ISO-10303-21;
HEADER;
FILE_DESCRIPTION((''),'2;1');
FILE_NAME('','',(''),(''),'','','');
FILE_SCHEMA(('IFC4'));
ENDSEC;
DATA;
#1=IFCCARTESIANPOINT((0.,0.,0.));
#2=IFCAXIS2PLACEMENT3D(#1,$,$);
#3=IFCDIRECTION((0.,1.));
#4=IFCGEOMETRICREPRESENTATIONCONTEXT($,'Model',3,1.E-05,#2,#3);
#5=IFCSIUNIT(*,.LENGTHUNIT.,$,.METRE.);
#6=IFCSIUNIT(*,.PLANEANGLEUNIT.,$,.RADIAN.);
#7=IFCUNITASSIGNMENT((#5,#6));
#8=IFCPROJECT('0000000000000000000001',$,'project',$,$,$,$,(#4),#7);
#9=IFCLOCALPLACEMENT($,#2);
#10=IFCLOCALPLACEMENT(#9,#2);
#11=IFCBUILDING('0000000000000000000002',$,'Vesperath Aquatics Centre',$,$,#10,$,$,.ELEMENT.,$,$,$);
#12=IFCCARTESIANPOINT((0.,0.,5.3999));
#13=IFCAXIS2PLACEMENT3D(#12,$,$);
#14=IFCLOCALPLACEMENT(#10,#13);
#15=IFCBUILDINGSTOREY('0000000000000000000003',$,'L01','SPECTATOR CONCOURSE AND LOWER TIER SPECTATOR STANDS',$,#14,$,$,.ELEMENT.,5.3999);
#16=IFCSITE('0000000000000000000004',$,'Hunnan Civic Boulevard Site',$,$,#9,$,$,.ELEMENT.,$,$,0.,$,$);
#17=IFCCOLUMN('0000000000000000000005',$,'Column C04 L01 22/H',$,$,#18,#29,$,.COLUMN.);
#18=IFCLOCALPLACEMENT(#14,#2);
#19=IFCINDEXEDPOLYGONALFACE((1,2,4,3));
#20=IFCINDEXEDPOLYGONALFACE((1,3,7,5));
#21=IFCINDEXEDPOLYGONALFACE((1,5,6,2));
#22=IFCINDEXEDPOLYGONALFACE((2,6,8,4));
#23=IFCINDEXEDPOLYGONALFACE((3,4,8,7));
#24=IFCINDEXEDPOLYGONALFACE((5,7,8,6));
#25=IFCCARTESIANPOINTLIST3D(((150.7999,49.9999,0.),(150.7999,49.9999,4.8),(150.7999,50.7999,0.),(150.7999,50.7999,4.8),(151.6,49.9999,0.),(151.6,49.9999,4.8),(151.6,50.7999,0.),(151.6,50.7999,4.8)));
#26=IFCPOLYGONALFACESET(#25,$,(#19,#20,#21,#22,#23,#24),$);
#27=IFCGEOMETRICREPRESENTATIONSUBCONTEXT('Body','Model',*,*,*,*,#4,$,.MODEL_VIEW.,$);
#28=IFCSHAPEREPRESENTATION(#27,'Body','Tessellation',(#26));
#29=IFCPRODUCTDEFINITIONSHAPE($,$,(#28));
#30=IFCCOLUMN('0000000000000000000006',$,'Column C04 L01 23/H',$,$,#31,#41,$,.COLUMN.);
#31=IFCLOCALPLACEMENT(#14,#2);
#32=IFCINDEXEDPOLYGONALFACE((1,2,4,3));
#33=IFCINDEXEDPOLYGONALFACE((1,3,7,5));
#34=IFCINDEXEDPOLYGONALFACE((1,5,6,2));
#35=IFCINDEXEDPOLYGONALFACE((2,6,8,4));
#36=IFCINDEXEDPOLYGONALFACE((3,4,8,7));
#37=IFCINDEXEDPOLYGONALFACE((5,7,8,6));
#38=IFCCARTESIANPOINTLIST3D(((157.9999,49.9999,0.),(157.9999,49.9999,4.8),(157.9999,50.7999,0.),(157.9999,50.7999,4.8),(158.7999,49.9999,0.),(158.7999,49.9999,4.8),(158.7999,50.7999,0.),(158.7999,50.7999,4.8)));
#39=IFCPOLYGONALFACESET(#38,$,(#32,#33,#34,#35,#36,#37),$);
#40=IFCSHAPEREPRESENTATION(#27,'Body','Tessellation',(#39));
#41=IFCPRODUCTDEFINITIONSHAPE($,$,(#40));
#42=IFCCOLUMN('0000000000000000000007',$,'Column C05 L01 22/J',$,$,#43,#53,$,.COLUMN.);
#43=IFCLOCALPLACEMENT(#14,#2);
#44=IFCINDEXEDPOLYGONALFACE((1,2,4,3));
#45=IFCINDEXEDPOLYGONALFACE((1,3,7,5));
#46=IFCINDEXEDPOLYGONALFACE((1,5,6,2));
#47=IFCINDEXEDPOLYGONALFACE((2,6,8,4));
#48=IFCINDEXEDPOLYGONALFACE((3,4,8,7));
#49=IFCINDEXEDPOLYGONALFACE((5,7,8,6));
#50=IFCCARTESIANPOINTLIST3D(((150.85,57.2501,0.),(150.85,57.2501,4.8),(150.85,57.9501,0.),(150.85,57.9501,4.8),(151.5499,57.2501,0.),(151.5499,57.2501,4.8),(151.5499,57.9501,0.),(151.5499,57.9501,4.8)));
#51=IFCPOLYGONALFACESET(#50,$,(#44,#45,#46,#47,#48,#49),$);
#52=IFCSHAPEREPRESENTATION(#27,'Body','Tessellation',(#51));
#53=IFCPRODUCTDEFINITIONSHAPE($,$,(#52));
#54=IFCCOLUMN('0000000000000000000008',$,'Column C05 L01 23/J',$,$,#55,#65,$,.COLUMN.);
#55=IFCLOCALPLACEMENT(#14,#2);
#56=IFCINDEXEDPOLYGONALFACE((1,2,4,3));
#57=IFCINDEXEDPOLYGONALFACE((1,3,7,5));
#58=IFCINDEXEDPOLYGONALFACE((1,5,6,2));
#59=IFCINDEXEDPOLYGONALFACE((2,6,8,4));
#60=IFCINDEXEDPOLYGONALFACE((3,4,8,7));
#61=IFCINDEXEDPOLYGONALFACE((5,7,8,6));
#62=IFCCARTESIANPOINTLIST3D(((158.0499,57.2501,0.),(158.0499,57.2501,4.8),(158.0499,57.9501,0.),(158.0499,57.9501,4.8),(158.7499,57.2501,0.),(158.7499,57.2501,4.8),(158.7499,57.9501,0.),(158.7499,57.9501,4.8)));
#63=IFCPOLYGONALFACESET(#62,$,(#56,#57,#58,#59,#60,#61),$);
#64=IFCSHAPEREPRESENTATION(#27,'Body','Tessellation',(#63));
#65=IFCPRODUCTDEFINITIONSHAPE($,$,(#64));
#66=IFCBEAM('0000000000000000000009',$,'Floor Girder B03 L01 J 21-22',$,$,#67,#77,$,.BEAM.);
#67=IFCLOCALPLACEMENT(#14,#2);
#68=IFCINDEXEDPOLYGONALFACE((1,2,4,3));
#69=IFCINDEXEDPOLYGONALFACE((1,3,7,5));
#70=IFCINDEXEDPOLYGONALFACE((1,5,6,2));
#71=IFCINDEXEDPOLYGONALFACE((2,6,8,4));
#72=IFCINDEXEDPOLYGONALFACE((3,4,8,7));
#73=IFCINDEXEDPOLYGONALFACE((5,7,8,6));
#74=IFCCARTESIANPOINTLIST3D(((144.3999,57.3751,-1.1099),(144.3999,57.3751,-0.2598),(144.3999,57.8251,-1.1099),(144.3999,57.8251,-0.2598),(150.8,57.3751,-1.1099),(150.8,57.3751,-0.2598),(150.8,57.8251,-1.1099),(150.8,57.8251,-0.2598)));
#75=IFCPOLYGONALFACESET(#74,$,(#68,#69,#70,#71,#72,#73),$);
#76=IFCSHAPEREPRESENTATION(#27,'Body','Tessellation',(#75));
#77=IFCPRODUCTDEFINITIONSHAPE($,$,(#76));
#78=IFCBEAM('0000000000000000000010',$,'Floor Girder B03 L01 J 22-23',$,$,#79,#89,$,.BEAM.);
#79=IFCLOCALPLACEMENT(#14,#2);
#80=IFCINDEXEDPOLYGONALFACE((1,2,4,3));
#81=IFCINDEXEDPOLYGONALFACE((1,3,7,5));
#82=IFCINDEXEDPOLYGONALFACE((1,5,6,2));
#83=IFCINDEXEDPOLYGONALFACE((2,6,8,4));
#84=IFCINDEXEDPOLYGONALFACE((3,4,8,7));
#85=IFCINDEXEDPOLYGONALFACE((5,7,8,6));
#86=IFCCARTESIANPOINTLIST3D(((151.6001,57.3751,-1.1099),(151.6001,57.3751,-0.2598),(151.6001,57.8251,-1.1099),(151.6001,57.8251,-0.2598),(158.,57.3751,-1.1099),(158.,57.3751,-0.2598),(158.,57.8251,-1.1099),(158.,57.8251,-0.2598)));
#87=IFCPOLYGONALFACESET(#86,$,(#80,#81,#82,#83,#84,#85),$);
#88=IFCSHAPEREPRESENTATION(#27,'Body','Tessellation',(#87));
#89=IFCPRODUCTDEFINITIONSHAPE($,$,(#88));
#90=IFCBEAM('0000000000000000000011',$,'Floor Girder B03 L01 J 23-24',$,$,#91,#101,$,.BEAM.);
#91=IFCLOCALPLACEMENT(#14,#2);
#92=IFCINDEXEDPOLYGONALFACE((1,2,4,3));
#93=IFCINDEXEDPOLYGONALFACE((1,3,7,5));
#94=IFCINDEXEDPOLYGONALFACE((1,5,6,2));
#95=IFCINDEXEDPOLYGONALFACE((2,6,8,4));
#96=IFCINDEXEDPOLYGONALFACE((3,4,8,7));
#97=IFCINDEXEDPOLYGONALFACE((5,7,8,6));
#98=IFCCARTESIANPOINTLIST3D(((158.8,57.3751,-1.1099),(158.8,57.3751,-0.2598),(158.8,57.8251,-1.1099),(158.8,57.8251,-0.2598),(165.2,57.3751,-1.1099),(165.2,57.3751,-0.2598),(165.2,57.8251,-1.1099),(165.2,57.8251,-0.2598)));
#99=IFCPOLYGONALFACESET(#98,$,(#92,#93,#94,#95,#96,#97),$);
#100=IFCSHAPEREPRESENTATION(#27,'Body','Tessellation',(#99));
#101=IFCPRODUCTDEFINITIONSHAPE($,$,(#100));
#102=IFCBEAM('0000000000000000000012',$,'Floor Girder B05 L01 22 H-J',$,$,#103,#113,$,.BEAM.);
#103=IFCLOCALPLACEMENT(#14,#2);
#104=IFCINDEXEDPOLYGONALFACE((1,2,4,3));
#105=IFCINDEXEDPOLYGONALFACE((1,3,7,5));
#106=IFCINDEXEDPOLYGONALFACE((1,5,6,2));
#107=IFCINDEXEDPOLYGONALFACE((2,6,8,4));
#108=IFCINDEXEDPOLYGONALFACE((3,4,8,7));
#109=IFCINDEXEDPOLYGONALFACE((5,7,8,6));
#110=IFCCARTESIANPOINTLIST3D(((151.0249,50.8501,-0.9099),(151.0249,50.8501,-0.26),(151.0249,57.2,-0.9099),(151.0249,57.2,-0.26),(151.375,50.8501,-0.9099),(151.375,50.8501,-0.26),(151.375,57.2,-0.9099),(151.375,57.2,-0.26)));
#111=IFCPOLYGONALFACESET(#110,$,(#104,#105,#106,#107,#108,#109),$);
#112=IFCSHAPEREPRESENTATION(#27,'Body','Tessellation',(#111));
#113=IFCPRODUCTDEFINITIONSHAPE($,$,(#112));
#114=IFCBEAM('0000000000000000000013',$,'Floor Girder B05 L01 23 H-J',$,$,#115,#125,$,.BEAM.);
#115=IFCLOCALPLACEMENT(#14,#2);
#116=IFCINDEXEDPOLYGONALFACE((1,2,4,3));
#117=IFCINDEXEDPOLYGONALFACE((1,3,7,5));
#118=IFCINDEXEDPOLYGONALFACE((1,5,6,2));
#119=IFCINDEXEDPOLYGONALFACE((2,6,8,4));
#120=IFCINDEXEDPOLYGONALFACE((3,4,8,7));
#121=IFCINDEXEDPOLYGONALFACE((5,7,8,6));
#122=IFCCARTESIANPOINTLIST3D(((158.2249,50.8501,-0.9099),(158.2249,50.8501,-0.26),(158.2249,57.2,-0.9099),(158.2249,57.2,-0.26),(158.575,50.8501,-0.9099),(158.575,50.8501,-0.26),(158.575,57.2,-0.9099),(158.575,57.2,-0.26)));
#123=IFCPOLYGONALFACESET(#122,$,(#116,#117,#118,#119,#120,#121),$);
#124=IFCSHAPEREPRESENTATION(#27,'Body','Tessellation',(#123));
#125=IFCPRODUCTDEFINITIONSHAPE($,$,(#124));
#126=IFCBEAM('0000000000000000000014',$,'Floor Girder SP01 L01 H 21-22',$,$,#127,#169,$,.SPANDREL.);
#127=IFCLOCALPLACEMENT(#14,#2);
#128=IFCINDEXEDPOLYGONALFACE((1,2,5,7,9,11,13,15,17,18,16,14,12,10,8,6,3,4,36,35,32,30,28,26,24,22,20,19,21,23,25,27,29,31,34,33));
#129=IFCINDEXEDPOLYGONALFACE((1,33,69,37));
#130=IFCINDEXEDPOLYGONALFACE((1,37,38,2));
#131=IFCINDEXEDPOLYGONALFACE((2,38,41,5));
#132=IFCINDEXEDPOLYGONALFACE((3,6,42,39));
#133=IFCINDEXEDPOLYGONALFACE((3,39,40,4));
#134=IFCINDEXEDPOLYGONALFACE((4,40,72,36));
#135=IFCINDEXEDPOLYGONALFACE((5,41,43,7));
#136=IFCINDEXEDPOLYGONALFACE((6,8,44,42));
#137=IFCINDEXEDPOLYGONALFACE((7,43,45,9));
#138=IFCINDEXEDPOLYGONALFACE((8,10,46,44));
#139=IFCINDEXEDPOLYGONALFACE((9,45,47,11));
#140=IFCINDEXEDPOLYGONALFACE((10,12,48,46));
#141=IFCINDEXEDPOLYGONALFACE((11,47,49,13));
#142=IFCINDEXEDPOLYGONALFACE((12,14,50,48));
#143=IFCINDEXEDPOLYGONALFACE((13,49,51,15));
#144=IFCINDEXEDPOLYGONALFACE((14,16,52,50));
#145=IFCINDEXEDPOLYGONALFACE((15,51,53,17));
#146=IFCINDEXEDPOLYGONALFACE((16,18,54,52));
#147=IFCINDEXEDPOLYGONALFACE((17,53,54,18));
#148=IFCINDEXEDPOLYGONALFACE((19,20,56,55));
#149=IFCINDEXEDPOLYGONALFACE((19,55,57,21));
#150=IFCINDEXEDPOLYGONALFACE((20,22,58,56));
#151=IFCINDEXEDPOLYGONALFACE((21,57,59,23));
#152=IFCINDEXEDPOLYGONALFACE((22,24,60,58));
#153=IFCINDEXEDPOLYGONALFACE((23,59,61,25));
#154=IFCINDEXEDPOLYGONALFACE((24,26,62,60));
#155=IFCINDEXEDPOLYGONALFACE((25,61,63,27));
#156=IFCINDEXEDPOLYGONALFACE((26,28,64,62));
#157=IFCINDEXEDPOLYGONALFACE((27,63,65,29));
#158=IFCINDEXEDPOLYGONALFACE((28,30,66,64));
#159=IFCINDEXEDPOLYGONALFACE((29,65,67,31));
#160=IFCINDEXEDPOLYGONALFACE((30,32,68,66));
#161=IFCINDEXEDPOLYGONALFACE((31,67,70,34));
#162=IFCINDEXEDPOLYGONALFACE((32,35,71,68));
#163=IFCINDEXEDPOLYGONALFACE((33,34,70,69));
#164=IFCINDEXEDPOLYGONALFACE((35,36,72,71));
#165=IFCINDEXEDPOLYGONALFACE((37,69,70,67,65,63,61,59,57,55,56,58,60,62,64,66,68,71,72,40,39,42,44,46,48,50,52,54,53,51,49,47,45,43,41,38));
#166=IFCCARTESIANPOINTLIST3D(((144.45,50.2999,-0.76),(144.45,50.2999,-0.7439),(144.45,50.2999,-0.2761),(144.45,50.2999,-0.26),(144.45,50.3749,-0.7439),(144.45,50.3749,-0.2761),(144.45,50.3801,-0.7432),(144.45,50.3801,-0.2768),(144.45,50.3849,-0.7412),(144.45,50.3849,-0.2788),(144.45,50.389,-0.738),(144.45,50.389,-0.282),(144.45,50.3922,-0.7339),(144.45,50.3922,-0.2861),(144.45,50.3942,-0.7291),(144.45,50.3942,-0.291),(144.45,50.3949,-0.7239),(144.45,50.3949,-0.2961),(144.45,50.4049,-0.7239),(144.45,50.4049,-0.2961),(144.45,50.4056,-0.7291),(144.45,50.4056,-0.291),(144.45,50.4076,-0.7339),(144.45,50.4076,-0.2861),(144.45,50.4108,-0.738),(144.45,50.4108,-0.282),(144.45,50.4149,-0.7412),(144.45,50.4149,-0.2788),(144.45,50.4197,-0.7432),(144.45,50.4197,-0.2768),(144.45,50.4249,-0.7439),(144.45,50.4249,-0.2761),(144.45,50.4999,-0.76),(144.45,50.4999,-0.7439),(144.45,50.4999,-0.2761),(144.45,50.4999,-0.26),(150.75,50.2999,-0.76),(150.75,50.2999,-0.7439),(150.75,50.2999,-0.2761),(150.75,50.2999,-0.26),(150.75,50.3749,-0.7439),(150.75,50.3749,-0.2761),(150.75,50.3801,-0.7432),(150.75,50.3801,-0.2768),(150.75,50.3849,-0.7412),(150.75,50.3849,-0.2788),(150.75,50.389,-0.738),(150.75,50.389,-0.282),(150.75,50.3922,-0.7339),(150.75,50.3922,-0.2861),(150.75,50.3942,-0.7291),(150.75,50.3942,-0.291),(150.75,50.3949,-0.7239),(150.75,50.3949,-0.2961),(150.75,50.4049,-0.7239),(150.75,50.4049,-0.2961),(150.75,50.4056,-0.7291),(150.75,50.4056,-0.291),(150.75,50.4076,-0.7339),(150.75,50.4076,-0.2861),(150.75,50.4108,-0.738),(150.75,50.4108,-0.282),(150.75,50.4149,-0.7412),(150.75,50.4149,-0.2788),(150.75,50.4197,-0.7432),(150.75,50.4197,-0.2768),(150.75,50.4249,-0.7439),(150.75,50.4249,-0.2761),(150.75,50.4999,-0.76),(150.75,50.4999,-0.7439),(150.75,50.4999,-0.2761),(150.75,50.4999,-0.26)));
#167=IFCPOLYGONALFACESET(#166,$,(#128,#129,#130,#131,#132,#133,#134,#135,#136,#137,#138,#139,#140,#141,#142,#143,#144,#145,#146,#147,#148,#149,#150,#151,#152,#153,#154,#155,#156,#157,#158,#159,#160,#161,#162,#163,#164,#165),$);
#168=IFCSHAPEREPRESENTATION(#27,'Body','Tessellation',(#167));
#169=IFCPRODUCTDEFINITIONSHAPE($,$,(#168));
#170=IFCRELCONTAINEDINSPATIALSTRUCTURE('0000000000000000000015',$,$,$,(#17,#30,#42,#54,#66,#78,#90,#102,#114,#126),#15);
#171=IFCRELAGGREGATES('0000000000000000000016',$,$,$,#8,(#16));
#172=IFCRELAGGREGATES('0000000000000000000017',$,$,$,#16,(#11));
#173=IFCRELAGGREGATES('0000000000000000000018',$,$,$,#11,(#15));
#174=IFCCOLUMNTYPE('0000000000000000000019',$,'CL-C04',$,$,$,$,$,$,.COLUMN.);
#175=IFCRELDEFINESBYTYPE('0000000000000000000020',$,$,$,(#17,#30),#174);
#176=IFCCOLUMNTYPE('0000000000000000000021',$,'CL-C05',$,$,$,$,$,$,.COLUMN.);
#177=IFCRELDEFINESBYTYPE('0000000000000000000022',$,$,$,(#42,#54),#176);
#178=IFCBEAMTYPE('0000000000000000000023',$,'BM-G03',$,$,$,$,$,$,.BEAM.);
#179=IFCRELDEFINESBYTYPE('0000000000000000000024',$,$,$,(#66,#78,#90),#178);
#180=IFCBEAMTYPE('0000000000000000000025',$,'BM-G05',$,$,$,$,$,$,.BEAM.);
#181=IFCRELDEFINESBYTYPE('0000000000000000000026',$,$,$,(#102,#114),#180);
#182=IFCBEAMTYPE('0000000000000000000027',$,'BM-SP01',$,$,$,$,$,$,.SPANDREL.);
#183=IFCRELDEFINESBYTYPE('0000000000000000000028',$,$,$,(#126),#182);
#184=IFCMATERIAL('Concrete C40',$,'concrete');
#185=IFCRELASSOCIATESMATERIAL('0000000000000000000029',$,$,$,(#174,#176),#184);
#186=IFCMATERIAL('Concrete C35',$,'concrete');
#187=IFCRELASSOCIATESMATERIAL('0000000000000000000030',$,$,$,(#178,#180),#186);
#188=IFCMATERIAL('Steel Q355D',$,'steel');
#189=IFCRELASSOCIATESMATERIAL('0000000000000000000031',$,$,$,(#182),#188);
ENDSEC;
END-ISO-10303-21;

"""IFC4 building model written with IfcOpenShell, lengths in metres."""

from ifc_helpers import new_model, si_unit, direction, frame, origin, origin_2d, place, context, subcontext, project, spatial, rectangle, i_section, extrude, material, material_profile, profile_set, type_object, element, save


model = new_model("IFC4")

# Units and contexts
model_context = context("Model", 3, precision=1e-05, world=origin(), true_north=direction((0.0, 1.0)))
body_context = subcontext(model_context, "Body", "Model", "MODEL_VIEW")
ifc_project = project(units=[si_unit("LENGTHUNIT", "METRE"), si_unit("PLANEANGLEUNIT", "RADIAN")], contexts=[model_context])

# Site, building, storey
site_placement = place(None, origin())
site = spatial("IfcSite", under=ifc_project, at=site_placement, Name="Hunnan Civic Boulevard Site", CompositionType="ELEMENT", RefElevation=0.0)
building_placement = place(site_placement, origin())
building = spatial("IfcBuilding", under=site, at=building_placement, Name="Vesperath Aquatics Centre", CompositionType="ELEMENT")
storey_placement = place(building_placement, frame((0.0, 0.0, 5.3999)))
storey = spatial("IfcBuildingStorey", under=building, at=storey_placement, Name="L01", Description="SPECTATOR CONCOURSE AND LOWER TIER SPECTATOR STANDS", CompositionType="ELEMENT", Elevation=5.3999)

# Columns
ifc_material_1 = material(Name="Concrete C40", Category="concrete")
ifc_material_profile_1 = material_profile(ifc_material_1, rectangle(XDim=0.8, YDim=0.8, at=origin_2d()), Name="RC 800x800")
ifc_profile_set_1 = profile_set([ifc_material_profile_1], Name="Concrete C40")
column_type_1 = type_object("IfcColumnType", Name="CL-C04", PredefinedType="COLUMN", material=ifc_profile_set_1)
for number, where, z_axis, x_axis, name in (
    (1, (151.2, 50.3999, 0.0), (0.0, 0.0, 1.0), (1.0, 0.0, 0.0), "Column C04 L01 22/H"),
    (2, (158.3999, 50.3999, 0.0), (0.0, 0.0, 1.0), (1.0, 0.0, 0.0), "Column C04 L01 23/H"),
):
    element("IfcColumn", number, at=place(storey_placement, frame(where, z_axis=z_axis, x_axis=x_axis)), inside=storey, type_object=column_type_1, Name=name, PredefinedType="COLUMN", context=body_context, shape_type="SweptSolid", body=[
        extrude(rectangle(XDim=0.8, YDim=0.8, at=origin_2d()), origin(), (0.0, 0.0, 1.0), 4.8),
    ])
ifc_material_profile_2 = material_profile(ifc_material_1, rectangle(XDim=0.7, YDim=0.7, at=origin_2d()), Name="RC 700x700")
ifc_profile_set_2 = profile_set([ifc_material_profile_2], Name="Concrete C40")
column_type_2 = type_object("IfcColumnType", Name="CL-C05", PredefinedType="COLUMN", material=ifc_profile_set_2)
for number, where, z_axis, x_axis, name in (
    (3, (151.2, 57.6001, 0.0), (0.0, 0.0, 1.0), (1.0, 0.0, 0.0), "Column C05 L01 22/J"),
    (4, (158.3999, 57.6001, 0.0), (0.0, 0.0, 1.0), (1.0, 0.0, 0.0), "Column C05 L01 23/J"),
):
    element("IfcColumn", number, at=place(storey_placement, frame(where, z_axis=z_axis, x_axis=x_axis)), inside=storey, type_object=column_type_2, Name=name, PredefinedType="COLUMN", context=body_context, shape_type="SweptSolid", body=[
        extrude(rectangle(XDim=0.7, YDim=0.7, at=origin_2d()), origin(), (0.0, 0.0, 1.0), 4.8),
    ])

# Beams
ifc_material_2 = material(Name="Concrete C35", Category="concrete")
ifc_material_profile_3 = material_profile(ifc_material_2, rectangle(XDim=0.45, YDim=0.8501, at=origin_2d()), Name="RC 450x850")
ifc_profile_set_3 = profile_set([ifc_material_profile_3], Name="Concrete C35")
beam_type_1 = type_object("IfcBeamType", Name="BM-G03", PredefinedType="BEAM", material=ifc_profile_set_3)
beam_1_placement = place(storey_placement, frame((144.3999, 57.6001, -0.6848), z_axis=(1.0, 0.0, 0.0), x_axis=(0.0, 1.0, 0.0)))
element("IfcBeam", 5, at=beam_1_placement, inside=storey, type_object=beam_type_1, Name="Floor Girder B03 L01 J 21-22", PredefinedType="BEAM", context=body_context, shape_type="SweptSolid", body=[
    extrude(rectangle(XDim=0.45, YDim=0.8501, at=origin_2d()), origin(), (0.0, 0.0, 1.0), 6.4001),
])
for number, where, z_axis, x_axis, name in (
    (6, (151.6001, 57.6001, -0.6848), (1.0, 0.0, 0.0), (0.0, 1.0, 0.0), "Floor Girder B03 L01 J 22-23"),
    (7, (158.8, 57.6001, -0.6848), (1.0, 0.0, 0.0), (0.0, 1.0, 0.0), "Floor Girder B03 L01 J 23-24"),
):
    element("IfcBeam", number, at=place(storey_placement, frame(where, z_axis=z_axis, x_axis=x_axis)), inside=storey, type_object=beam_type_1, Name=name, PredefinedType="BEAM", context=body_context, shape_type="SweptSolid", body=[
        extrude(rectangle(XDim=0.45, YDim=0.8501, at=origin_2d()), origin(), (0.0, 0.0, 1.0), 6.3999),
    ])
ifc_material_profile_4 = material_profile(ifc_material_2, rectangle(XDim=0.3501, YDim=0.6499, at=origin_2d()), Name="RC 350x650")
ifc_profile_set_4 = profile_set([ifc_material_profile_4], Name="Concrete C35")
beam_type_2 = type_object("IfcBeamType", Name="BM-G05", PredefinedType="BEAM", material=ifc_profile_set_4)
for number, where, z_axis, x_axis, name in (
    (8, (151.2, 50.8501, -0.585), (0.0, 1.0, 0.0), (-1.0, 0.0, 0.0), "Floor Girder B05 L01 22 H-J"),
    (9, (158.3999, 50.8501, -0.585), (0.0, 1.0, 0.0), (-1.0, 0.0, 0.0), "Floor Girder B05 L01 23 H-J"),
):
    element("IfcBeam", number, at=place(storey_placement, frame(where, z_axis=z_axis, x_axis=x_axis)), inside=storey, type_object=beam_type_2, Name=name, PredefinedType="BEAM", context=body_context, shape_type="SweptSolid", body=[
        extrude(rectangle(XDim=0.3501, YDim=0.6499, at=origin_2d()), origin(), (0.0, 0.0, 1.0), 6.3499),
    ])
ifc_material_3 = material(Name="Steel Q355D", Category="steel")
ifc_material_profile_5 = material_profile(ifc_material_3, i_section(OverallWidth=0.2, OverallDepth=0.5, WebThickness=0.01, FlangeThickness=0.0161, FilletRadius=0.02, at=origin_2d()), Name="HN 500x200x10x16")
ifc_profile_set_5 = profile_set([ifc_material_profile_5], Name="Steel Q355D")
beam_type_3 = type_object("IfcBeamType", Name="BM-SP01", PredefinedType="SPANDREL", material=ifc_profile_set_5)
for number, where, z_axis, x_axis, name in (
    (10, (144.45, 50.3999, -0.51), (1.0, 0.0, 0.0), (0.0, 1.0, 0.0), "Floor Girder SP01 L01 H 21-22"),
):
    element("IfcBeam", number, at=place(storey_placement, frame(where, z_axis=z_axis, x_axis=x_axis)), inside=storey, type_object=beam_type_3, Name=name, PredefinedType="SPANDREL", context=body_context, shape_type="SweptSolid", body=[
        extrude(i_section(OverallWidth=0.2, OverallDepth=0.5, WebThickness=0.01, FlangeThickness=0.0161, FilletRadius=0.02, at=origin_2d()), origin(), (0.0, 0.0, 1.0), 6.3),
    ])

save(model, "model.ifc")
